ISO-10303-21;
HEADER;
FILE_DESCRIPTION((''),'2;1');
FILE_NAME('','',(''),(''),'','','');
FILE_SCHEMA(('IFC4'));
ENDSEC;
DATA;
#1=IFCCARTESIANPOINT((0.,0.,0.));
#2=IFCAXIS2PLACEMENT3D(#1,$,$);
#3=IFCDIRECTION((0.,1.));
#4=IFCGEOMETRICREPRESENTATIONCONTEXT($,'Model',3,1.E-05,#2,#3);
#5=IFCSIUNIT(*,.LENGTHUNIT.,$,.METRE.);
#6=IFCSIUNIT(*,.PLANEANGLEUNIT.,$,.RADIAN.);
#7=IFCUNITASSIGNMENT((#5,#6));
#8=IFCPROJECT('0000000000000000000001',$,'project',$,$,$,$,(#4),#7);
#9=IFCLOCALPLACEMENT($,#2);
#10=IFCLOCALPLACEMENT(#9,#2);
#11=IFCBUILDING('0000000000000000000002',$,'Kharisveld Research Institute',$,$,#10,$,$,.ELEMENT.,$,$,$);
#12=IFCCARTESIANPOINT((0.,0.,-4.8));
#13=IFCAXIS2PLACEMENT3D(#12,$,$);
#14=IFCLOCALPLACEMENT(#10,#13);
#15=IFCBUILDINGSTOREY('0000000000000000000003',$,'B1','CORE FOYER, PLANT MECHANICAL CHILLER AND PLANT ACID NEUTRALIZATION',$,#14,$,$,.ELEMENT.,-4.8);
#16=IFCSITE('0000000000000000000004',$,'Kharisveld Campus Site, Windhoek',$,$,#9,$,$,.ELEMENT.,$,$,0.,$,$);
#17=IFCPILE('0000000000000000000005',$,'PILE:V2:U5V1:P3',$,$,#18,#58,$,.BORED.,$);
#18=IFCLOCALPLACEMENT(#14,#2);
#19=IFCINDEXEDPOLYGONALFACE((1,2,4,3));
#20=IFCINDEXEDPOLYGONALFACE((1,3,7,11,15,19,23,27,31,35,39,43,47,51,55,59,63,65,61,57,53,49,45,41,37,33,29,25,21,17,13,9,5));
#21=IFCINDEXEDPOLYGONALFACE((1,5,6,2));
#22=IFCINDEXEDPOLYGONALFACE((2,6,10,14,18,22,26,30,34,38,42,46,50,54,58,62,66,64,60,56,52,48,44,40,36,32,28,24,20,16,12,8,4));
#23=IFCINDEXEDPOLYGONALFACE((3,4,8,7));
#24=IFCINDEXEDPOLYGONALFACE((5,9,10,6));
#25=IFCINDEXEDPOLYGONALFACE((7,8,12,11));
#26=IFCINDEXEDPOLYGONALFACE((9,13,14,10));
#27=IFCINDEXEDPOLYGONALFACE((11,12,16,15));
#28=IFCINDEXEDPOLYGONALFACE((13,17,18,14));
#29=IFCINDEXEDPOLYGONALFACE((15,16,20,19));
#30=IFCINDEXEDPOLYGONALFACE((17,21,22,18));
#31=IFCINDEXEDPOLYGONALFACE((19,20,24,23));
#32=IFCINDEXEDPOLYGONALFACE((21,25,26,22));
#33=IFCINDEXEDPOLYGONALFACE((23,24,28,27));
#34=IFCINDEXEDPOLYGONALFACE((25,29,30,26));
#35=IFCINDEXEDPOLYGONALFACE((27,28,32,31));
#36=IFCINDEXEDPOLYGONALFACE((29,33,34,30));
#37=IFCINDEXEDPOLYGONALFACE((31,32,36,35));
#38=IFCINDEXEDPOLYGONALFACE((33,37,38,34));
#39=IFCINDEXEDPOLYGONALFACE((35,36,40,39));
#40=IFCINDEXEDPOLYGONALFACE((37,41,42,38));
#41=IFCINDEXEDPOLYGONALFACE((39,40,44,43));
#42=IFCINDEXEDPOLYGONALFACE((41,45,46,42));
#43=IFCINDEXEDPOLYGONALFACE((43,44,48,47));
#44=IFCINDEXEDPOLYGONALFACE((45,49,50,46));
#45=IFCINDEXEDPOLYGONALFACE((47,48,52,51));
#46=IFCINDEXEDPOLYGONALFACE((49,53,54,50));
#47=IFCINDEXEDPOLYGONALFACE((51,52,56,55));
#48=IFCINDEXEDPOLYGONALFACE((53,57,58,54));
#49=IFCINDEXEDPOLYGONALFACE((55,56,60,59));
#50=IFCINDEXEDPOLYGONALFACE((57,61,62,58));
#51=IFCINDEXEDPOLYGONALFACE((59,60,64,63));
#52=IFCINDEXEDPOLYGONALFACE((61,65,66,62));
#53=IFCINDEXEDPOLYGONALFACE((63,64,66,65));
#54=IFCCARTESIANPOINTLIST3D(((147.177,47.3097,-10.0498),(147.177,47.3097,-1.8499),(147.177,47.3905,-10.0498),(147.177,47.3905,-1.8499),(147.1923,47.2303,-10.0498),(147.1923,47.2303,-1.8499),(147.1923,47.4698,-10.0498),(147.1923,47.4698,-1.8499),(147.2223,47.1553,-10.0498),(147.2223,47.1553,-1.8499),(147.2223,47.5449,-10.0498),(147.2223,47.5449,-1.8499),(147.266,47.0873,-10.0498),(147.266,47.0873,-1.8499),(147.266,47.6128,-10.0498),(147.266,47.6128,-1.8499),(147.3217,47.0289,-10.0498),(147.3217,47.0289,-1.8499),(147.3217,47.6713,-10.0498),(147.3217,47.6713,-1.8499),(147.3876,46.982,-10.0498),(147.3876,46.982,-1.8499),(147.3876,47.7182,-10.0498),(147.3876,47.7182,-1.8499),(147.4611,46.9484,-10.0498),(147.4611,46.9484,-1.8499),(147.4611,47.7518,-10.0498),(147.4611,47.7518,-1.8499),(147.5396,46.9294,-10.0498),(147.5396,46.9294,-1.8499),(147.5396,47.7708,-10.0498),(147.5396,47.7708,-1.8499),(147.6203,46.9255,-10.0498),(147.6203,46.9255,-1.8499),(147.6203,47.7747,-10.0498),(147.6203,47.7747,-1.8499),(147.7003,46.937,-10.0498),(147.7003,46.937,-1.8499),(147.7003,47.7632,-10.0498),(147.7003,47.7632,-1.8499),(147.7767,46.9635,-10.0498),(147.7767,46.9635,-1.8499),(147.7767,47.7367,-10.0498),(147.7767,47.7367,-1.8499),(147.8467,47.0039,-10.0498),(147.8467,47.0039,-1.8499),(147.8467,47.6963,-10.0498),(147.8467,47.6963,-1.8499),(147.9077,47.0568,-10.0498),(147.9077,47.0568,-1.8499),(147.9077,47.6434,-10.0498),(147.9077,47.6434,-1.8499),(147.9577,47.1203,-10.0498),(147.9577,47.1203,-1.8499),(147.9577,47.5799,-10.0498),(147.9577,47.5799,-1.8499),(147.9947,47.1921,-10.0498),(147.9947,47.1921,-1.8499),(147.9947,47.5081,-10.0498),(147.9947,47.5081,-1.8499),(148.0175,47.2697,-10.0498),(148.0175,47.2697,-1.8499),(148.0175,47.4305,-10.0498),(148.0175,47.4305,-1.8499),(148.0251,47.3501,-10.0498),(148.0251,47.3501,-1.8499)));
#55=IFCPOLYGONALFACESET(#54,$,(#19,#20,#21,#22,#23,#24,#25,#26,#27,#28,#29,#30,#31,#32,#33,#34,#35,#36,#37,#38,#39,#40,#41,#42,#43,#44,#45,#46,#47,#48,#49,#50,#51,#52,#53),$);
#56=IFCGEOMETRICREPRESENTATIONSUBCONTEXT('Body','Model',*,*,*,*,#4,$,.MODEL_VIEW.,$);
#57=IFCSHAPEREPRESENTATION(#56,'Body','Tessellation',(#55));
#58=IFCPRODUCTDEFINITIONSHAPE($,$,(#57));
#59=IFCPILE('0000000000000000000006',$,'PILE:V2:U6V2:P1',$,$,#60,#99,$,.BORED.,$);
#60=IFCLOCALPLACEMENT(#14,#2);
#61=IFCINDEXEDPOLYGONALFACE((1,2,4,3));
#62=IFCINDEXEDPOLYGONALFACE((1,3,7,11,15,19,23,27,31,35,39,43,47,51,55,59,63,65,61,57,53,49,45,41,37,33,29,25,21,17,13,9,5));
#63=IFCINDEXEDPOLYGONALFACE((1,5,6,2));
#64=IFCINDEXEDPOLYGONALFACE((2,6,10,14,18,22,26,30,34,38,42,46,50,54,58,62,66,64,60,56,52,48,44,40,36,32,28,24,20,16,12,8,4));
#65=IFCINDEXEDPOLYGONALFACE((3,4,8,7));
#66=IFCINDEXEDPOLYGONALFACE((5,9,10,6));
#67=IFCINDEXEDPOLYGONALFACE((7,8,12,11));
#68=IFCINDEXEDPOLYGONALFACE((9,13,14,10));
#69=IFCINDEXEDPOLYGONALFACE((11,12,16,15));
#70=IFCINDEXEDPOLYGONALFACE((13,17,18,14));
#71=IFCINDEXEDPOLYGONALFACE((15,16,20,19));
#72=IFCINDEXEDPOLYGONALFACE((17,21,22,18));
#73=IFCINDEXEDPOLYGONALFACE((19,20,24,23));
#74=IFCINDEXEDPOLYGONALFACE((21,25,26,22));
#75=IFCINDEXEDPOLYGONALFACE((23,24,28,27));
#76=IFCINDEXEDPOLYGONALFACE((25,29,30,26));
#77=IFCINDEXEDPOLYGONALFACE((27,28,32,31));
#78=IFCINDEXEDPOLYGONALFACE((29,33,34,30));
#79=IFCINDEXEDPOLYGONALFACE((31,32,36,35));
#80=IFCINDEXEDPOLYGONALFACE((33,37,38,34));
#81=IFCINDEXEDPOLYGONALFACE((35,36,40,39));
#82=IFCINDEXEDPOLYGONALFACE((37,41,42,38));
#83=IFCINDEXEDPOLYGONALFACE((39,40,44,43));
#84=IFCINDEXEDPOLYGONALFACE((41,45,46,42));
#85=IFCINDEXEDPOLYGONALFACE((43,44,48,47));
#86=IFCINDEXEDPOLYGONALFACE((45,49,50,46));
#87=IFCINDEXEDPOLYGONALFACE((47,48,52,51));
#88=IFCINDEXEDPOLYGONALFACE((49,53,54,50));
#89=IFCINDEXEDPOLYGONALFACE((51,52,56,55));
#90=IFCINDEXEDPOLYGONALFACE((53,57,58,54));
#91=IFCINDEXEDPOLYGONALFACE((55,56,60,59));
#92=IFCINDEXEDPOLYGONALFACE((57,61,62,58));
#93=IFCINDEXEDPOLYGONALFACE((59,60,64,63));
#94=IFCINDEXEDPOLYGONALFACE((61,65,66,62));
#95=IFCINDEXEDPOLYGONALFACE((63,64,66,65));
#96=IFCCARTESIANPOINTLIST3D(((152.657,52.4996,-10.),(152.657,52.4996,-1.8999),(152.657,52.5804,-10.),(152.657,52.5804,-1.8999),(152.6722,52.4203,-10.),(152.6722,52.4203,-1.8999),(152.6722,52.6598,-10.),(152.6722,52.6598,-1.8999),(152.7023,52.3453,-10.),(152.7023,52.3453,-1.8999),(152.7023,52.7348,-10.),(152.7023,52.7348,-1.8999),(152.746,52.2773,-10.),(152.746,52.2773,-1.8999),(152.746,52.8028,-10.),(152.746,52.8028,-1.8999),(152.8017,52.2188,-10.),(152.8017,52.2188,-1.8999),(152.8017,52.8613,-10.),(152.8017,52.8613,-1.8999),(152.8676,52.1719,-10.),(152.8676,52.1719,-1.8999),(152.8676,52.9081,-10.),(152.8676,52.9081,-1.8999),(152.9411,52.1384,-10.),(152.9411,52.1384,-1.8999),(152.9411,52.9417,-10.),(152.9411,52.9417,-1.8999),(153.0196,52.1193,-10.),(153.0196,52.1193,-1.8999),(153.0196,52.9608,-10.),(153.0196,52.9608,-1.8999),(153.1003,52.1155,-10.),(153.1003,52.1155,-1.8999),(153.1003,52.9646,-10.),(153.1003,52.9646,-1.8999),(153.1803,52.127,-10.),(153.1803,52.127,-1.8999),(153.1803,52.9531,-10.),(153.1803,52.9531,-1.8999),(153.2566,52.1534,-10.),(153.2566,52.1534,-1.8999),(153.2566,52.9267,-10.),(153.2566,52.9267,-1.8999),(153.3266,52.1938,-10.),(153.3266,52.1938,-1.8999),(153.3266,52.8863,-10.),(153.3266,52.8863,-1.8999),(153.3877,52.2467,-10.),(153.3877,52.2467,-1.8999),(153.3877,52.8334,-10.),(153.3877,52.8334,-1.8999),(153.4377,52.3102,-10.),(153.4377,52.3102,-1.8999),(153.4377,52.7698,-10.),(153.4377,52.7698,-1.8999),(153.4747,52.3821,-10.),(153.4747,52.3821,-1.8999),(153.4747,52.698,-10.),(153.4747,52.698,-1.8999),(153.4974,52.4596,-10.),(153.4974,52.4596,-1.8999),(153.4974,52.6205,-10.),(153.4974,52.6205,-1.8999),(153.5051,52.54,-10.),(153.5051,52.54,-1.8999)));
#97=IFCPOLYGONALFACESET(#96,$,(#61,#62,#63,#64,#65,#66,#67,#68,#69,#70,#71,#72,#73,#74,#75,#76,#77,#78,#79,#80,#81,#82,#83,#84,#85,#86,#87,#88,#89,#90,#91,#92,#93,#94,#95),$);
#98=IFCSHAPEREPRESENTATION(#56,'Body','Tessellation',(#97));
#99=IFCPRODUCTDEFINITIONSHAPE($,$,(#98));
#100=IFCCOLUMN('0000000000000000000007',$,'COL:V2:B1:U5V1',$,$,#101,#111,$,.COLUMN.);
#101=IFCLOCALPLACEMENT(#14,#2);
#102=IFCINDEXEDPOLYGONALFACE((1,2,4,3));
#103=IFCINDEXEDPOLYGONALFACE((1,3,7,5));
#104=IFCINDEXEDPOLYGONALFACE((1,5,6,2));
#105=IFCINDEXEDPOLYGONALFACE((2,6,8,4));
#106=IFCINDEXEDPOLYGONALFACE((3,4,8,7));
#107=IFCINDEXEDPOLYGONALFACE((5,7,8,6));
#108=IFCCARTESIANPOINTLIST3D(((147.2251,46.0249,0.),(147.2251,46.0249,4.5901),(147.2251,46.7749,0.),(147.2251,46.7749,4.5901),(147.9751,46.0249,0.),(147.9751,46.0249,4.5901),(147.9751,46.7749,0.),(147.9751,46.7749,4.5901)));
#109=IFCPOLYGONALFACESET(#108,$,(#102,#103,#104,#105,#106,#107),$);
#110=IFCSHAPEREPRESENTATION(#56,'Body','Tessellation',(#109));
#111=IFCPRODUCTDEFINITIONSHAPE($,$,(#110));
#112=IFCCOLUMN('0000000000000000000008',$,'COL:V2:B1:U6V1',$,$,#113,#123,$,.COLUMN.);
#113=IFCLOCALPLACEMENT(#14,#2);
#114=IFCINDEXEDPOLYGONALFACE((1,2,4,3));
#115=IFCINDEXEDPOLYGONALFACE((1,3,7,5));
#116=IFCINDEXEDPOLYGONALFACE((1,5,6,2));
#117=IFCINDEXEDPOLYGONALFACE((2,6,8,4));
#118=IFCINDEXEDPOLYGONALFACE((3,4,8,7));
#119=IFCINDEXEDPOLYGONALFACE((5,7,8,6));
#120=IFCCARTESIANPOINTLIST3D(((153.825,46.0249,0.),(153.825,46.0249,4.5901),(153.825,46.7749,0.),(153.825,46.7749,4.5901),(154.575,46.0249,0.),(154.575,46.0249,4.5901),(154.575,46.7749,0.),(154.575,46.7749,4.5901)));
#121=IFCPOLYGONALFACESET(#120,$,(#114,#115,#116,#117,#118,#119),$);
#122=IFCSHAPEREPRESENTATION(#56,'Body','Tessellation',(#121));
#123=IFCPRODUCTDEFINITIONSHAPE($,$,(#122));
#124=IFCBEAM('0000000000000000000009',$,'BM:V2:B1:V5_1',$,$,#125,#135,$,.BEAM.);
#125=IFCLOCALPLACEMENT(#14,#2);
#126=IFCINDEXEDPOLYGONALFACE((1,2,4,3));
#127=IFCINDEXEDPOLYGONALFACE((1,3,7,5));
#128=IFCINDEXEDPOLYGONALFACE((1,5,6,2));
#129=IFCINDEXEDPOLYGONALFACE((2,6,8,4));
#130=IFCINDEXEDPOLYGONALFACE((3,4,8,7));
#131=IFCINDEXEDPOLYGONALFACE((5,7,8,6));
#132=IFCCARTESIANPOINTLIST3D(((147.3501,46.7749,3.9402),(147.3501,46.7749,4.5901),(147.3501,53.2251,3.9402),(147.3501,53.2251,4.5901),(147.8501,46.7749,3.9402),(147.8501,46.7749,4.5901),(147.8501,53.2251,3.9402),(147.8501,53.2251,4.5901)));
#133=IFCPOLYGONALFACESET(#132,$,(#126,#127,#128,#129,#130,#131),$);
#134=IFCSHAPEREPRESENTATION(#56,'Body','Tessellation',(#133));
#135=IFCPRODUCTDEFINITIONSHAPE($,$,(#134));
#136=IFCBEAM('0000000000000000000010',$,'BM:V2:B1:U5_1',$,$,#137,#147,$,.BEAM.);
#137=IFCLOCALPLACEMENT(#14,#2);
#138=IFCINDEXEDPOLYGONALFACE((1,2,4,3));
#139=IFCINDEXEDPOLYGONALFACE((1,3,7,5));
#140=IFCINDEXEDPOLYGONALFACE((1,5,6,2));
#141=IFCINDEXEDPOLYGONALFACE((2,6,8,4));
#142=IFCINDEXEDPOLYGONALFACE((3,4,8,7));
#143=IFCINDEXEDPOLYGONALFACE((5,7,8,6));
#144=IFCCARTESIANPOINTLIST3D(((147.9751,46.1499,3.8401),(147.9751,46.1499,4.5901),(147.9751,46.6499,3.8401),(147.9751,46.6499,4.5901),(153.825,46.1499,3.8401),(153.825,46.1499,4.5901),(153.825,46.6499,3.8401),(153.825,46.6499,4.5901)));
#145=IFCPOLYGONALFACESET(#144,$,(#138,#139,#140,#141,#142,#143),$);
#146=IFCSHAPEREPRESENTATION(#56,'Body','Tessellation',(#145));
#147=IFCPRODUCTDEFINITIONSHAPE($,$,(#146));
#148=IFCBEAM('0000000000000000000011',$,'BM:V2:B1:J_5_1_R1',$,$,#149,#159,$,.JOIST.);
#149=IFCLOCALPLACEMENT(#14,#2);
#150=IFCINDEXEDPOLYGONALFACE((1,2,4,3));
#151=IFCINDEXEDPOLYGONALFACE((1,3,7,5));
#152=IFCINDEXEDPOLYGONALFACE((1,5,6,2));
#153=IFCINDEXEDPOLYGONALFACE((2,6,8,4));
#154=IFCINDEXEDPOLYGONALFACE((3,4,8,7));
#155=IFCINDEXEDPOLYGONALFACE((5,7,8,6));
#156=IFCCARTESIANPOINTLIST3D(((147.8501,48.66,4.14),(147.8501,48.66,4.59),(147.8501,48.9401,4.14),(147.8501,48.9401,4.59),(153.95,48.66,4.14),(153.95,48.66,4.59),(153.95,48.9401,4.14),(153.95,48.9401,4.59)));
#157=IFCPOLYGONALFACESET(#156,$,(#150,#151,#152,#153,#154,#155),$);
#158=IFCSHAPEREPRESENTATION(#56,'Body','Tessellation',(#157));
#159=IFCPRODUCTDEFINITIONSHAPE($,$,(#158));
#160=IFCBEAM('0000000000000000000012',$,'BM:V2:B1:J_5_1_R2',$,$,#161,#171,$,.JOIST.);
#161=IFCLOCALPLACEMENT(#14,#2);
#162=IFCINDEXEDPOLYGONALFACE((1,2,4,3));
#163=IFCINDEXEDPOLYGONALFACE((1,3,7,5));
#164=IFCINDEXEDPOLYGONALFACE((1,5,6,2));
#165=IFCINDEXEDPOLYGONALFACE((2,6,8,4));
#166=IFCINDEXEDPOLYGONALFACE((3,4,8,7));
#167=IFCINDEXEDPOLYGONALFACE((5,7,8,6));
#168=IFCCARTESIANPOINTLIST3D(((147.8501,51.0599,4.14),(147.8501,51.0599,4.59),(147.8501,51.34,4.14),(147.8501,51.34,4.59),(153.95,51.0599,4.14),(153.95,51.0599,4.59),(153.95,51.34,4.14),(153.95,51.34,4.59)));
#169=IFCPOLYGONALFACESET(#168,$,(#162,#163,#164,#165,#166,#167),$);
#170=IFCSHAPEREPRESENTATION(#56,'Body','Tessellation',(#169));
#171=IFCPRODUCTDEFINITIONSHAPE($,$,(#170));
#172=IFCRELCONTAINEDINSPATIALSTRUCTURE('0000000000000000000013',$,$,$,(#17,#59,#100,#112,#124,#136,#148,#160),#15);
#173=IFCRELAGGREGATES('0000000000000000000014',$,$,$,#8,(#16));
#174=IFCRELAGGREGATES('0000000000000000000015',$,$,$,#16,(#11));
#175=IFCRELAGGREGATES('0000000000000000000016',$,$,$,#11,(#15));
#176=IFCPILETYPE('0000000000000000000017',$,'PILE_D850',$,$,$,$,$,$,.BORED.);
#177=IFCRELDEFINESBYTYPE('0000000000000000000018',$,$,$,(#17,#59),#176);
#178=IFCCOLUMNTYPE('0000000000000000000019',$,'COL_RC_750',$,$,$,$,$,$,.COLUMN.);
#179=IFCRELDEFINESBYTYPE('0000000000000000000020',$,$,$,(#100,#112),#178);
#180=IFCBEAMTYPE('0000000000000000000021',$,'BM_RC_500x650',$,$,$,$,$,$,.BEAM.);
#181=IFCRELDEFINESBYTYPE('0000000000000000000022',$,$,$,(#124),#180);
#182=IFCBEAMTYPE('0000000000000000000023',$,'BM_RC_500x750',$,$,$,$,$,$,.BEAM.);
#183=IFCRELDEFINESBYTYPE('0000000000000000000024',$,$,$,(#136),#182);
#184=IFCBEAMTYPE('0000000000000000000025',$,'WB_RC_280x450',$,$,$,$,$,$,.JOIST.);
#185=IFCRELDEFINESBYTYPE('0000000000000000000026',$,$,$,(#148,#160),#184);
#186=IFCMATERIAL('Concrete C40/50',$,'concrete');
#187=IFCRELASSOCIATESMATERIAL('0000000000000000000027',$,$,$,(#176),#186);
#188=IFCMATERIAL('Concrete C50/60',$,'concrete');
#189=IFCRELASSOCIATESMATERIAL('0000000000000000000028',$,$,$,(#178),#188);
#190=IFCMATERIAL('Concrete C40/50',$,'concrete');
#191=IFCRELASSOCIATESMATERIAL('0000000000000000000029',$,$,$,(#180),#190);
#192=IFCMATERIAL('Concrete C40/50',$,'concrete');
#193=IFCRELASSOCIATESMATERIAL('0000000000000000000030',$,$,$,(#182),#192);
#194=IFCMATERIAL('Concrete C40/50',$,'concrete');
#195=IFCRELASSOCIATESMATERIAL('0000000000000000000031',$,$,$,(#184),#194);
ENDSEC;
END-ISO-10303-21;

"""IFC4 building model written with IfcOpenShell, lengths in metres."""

from ifc_helpers import new_model, si_unit, direction, frame, origin, origin_2d, place, context, subcontext, project, spatial, rectangle, circle, extrude, material, material_profile, profile_set, type_object, element, save


model = new_model("IFC4")

# Units and contexts
model_context = context("Model", 3, precision=1e-05, world=origin(), true_north=direction((0.0, 1.0)))
body_context = subcontext(model_context, "Body", "Model", "MODEL_VIEW")
ifc_project = project(units=[si_unit("LENGTHUNIT", "METRE"), si_unit("PLANEANGLEUNIT", "RADIAN")], contexts=[model_context])

# Site, building, storey
site_placement = place(None, origin())
site = spatial("IfcSite", under=ifc_project, at=site_placement, Name="Kharisveld Campus Site, Windhoek", CompositionType="ELEMENT", RefElevation=0.0)
building_placement = place(site_placement, origin())
building = spatial("IfcBuilding", under=site, at=building_placement, Name="Kharisveld Research Institute", CompositionType="ELEMENT")
storey_placement = place(building_placement, frame((0.0, 0.0, -4.8)))
storey = spatial("IfcBuildingStorey", under=building, at=storey_placement, Name="B1", Description="CORE FOYER, PLANT MECHANICAL CHILLER AND PLANT ACID NEUTRALIZATION", CompositionType="ELEMENT", Elevation=-4.8)

# Piles
ifc_material_1 = material(Name="Concrete C40/50", Category="concrete")
ifc_material_profile_1 = material_profile(ifc_material_1, circle(Radius=0.425, at=origin_2d()))
ifc_profile_set_1 = profile_set([ifc_material_profile_1], Name="Concrete C40/50")
pile_type_1 = type_object("IfcPileType", Name="PILE_D850", PredefinedType="BORED", material=ifc_profile_set_1)
for number, where, z_axis, x_axis, name in (
    (1, (147.6001, 47.3501, -1.8499), (0.0, 0.0, -1.0), (1.0, 0.0, 0.0), "PILE:V2:U5V1:P3"),
):
    element("IfcPile", number, at=place(storey_placement, frame(where, z_axis=z_axis, x_axis=x_axis)), inside=storey, type_object=pile_type_1, Name=name, PredefinedType="BORED", context=body_context, shape_type="SweptSolid", body=[
        extrude(circle(Radius=0.425, at=origin_2d()), origin(), (0.0, 0.0, 1.0), 8.2),
    ])
pile_1_placement = place(storey_placement, frame((153.0801, 52.54, -1.8999), z_axis=(0.0, 0.0, -1.0), x_axis=(1.0, 0.0, 0.0)))
element("IfcPile", 2, at=pile_1_placement, inside=storey, type_object=pile_type_1, Name="PILE:V2:U6V2:P1", PredefinedType="BORED", context=body_context, shape_type="SweptSolid", body=[
    extrude(circle(Radius=0.425, at=origin_2d()), origin(), (0.0, 0.0, 1.0), 8.1001),
])

# Columns
ifc_material_2 = material(Name="Concrete C50/60", Category="concrete")
ifc_material_profile_2 = material_profile(ifc_material_2, rectangle(XDim=0.75, YDim=0.75, at=origin_2d()))
ifc_profile_set_2 = profile_set([ifc_material_profile_2], Name="Concrete C50/60")
column_type = type_object("IfcColumnType", Name="COL_RC_750", PredefinedType="COLUMN", material=ifc_profile_set_2)
for number, where, z_axis, x_axis, name in (
    (3, (147.6001, 46.3999, 0.0), (0.0, 0.0, 1.0), (1.0, 0.0, 0.0), "COL:V2:B1:U5V1"),
    (4, (154.2, 46.3999, 0.0), (0.0, 0.0, 1.0), (1.0, 0.0, 0.0), "COL:V2:B1:U6V1"),
):
    element("IfcColumn", number, at=place(storey_placement, frame(where, z_axis=z_axis, x_axis=x_axis)), inside=storey, type_object=column_type, Name=name, PredefinedType="COLUMN", context=body_context, shape_type="SweptSolid", body=[
        extrude(rectangle(XDim=0.75, YDim=0.75, at=origin_2d()), origin(), (0.0, 0.0, 1.0), 4.5901),
    ])

# Beams
ifc_material_3 = material(Name="Concrete C40/50", Category="concrete")
ifc_material_profile_3 = material_profile(ifc_material_3, rectangle(XDim=0.5, YDim=0.6499, at=origin_2d()))
ifc_profile_set_3 = profile_set([ifc_material_profile_3], Name="Concrete C40/50")
beam_type_1 = type_object("IfcBeamType", Name="BM_RC_500x650", PredefinedType="BEAM", material=ifc_profile_set_3)
beam_1_placement = place(storey_placement, frame((147.6001, 46.7749, 4.2651), z_axis=(0.0, 1.0, 0.0), x_axis=(-1.0, 0.0, 0.0)))
element("IfcBeam", 5, at=beam_1_placement, inside=storey, type_object=beam_type_1, Name="BM:V2:B1:V5_1", PredefinedType="BEAM", context=body_context, shape_type="SweptSolid", body=[
    extrude(rectangle(XDim=0.5, YDim=0.6499, at=origin_2d()), origin(), (0.0, 0.0, 1.0), 6.4502),
])
ifc_material_4 = material(Name="Concrete C40/50", Category="concrete")
ifc_material_profile_4 = material_profile(ifc_material_4, rectangle(XDim=0.5, YDim=0.75, at=origin_2d()))
ifc_profile_set_4 = profile_set([ifc_material_profile_4], Name="Concrete C40/50")
beam_type_2 = type_object("IfcBeamType", Name="BM_RC_500x750", PredefinedType="BEAM", material=ifc_profile_set_4)
beam_2_placement = place(storey_placement, frame((147.9751, 46.3999, 4.2151), z_axis=(1.0, 0.0, 0.0), x_axis=(0.0, 1.0, 0.0)))
element("IfcBeam", 6, at=beam_2_placement, inside=storey, type_object=beam_type_2, Name="BM:V2:B1:U5_1", PredefinedType="BEAM", context=body_context, shape_type="SweptSolid", body=[
    extrude(rectangle(XDim=0.5, YDim=0.75, at=origin_2d()), origin(), (0.0, 0.0, 1.0), 5.8499),
])
ifc_material_5 = material(Name="Concrete C40/50", Category="concrete")
ifc_material_profile_5 = material_profile(ifc_material_5, rectangle(XDim=0.28, YDim=0.45, at=origin_2d()))
ifc_profile_set_5 = profile_set([ifc_material_profile_5], Name="Concrete C40/50")
beam_type_3 = type_object("IfcBeamType", Name="WB_RC_280x450", PredefinedType="JOIST", material=ifc_profile_set_5)
for number, where, z_axis, x_axis, name in (
    (7, (147.8501, 48.8, 4.365), (1.0, 0.0, 0.0), (0.0, 1.0, 0.0), "BM:V2:B1:J_5_1_R1"),
    (8, (147.8501, 51.2, 4.365), (1.0, 0.0, 0.0), (0.0, 1.0, 0.0), "BM:V2:B1:J_5_1_R2"),
):
    element("IfcBeam", number, at=place(storey_placement, frame(where, z_axis=z_axis, x_axis=x_axis)), inside=storey, type_object=beam_type_3, Name=name, PredefinedType="JOIST", context=body_context, shape_type="SweptSolid", body=[
        extrude(rectangle(XDim=0.28, YDim=0.45, at=origin_2d()), origin(), (0.0, 0.0, 1.0), 6.0999),
    ])

save(model, "model.ifc")
